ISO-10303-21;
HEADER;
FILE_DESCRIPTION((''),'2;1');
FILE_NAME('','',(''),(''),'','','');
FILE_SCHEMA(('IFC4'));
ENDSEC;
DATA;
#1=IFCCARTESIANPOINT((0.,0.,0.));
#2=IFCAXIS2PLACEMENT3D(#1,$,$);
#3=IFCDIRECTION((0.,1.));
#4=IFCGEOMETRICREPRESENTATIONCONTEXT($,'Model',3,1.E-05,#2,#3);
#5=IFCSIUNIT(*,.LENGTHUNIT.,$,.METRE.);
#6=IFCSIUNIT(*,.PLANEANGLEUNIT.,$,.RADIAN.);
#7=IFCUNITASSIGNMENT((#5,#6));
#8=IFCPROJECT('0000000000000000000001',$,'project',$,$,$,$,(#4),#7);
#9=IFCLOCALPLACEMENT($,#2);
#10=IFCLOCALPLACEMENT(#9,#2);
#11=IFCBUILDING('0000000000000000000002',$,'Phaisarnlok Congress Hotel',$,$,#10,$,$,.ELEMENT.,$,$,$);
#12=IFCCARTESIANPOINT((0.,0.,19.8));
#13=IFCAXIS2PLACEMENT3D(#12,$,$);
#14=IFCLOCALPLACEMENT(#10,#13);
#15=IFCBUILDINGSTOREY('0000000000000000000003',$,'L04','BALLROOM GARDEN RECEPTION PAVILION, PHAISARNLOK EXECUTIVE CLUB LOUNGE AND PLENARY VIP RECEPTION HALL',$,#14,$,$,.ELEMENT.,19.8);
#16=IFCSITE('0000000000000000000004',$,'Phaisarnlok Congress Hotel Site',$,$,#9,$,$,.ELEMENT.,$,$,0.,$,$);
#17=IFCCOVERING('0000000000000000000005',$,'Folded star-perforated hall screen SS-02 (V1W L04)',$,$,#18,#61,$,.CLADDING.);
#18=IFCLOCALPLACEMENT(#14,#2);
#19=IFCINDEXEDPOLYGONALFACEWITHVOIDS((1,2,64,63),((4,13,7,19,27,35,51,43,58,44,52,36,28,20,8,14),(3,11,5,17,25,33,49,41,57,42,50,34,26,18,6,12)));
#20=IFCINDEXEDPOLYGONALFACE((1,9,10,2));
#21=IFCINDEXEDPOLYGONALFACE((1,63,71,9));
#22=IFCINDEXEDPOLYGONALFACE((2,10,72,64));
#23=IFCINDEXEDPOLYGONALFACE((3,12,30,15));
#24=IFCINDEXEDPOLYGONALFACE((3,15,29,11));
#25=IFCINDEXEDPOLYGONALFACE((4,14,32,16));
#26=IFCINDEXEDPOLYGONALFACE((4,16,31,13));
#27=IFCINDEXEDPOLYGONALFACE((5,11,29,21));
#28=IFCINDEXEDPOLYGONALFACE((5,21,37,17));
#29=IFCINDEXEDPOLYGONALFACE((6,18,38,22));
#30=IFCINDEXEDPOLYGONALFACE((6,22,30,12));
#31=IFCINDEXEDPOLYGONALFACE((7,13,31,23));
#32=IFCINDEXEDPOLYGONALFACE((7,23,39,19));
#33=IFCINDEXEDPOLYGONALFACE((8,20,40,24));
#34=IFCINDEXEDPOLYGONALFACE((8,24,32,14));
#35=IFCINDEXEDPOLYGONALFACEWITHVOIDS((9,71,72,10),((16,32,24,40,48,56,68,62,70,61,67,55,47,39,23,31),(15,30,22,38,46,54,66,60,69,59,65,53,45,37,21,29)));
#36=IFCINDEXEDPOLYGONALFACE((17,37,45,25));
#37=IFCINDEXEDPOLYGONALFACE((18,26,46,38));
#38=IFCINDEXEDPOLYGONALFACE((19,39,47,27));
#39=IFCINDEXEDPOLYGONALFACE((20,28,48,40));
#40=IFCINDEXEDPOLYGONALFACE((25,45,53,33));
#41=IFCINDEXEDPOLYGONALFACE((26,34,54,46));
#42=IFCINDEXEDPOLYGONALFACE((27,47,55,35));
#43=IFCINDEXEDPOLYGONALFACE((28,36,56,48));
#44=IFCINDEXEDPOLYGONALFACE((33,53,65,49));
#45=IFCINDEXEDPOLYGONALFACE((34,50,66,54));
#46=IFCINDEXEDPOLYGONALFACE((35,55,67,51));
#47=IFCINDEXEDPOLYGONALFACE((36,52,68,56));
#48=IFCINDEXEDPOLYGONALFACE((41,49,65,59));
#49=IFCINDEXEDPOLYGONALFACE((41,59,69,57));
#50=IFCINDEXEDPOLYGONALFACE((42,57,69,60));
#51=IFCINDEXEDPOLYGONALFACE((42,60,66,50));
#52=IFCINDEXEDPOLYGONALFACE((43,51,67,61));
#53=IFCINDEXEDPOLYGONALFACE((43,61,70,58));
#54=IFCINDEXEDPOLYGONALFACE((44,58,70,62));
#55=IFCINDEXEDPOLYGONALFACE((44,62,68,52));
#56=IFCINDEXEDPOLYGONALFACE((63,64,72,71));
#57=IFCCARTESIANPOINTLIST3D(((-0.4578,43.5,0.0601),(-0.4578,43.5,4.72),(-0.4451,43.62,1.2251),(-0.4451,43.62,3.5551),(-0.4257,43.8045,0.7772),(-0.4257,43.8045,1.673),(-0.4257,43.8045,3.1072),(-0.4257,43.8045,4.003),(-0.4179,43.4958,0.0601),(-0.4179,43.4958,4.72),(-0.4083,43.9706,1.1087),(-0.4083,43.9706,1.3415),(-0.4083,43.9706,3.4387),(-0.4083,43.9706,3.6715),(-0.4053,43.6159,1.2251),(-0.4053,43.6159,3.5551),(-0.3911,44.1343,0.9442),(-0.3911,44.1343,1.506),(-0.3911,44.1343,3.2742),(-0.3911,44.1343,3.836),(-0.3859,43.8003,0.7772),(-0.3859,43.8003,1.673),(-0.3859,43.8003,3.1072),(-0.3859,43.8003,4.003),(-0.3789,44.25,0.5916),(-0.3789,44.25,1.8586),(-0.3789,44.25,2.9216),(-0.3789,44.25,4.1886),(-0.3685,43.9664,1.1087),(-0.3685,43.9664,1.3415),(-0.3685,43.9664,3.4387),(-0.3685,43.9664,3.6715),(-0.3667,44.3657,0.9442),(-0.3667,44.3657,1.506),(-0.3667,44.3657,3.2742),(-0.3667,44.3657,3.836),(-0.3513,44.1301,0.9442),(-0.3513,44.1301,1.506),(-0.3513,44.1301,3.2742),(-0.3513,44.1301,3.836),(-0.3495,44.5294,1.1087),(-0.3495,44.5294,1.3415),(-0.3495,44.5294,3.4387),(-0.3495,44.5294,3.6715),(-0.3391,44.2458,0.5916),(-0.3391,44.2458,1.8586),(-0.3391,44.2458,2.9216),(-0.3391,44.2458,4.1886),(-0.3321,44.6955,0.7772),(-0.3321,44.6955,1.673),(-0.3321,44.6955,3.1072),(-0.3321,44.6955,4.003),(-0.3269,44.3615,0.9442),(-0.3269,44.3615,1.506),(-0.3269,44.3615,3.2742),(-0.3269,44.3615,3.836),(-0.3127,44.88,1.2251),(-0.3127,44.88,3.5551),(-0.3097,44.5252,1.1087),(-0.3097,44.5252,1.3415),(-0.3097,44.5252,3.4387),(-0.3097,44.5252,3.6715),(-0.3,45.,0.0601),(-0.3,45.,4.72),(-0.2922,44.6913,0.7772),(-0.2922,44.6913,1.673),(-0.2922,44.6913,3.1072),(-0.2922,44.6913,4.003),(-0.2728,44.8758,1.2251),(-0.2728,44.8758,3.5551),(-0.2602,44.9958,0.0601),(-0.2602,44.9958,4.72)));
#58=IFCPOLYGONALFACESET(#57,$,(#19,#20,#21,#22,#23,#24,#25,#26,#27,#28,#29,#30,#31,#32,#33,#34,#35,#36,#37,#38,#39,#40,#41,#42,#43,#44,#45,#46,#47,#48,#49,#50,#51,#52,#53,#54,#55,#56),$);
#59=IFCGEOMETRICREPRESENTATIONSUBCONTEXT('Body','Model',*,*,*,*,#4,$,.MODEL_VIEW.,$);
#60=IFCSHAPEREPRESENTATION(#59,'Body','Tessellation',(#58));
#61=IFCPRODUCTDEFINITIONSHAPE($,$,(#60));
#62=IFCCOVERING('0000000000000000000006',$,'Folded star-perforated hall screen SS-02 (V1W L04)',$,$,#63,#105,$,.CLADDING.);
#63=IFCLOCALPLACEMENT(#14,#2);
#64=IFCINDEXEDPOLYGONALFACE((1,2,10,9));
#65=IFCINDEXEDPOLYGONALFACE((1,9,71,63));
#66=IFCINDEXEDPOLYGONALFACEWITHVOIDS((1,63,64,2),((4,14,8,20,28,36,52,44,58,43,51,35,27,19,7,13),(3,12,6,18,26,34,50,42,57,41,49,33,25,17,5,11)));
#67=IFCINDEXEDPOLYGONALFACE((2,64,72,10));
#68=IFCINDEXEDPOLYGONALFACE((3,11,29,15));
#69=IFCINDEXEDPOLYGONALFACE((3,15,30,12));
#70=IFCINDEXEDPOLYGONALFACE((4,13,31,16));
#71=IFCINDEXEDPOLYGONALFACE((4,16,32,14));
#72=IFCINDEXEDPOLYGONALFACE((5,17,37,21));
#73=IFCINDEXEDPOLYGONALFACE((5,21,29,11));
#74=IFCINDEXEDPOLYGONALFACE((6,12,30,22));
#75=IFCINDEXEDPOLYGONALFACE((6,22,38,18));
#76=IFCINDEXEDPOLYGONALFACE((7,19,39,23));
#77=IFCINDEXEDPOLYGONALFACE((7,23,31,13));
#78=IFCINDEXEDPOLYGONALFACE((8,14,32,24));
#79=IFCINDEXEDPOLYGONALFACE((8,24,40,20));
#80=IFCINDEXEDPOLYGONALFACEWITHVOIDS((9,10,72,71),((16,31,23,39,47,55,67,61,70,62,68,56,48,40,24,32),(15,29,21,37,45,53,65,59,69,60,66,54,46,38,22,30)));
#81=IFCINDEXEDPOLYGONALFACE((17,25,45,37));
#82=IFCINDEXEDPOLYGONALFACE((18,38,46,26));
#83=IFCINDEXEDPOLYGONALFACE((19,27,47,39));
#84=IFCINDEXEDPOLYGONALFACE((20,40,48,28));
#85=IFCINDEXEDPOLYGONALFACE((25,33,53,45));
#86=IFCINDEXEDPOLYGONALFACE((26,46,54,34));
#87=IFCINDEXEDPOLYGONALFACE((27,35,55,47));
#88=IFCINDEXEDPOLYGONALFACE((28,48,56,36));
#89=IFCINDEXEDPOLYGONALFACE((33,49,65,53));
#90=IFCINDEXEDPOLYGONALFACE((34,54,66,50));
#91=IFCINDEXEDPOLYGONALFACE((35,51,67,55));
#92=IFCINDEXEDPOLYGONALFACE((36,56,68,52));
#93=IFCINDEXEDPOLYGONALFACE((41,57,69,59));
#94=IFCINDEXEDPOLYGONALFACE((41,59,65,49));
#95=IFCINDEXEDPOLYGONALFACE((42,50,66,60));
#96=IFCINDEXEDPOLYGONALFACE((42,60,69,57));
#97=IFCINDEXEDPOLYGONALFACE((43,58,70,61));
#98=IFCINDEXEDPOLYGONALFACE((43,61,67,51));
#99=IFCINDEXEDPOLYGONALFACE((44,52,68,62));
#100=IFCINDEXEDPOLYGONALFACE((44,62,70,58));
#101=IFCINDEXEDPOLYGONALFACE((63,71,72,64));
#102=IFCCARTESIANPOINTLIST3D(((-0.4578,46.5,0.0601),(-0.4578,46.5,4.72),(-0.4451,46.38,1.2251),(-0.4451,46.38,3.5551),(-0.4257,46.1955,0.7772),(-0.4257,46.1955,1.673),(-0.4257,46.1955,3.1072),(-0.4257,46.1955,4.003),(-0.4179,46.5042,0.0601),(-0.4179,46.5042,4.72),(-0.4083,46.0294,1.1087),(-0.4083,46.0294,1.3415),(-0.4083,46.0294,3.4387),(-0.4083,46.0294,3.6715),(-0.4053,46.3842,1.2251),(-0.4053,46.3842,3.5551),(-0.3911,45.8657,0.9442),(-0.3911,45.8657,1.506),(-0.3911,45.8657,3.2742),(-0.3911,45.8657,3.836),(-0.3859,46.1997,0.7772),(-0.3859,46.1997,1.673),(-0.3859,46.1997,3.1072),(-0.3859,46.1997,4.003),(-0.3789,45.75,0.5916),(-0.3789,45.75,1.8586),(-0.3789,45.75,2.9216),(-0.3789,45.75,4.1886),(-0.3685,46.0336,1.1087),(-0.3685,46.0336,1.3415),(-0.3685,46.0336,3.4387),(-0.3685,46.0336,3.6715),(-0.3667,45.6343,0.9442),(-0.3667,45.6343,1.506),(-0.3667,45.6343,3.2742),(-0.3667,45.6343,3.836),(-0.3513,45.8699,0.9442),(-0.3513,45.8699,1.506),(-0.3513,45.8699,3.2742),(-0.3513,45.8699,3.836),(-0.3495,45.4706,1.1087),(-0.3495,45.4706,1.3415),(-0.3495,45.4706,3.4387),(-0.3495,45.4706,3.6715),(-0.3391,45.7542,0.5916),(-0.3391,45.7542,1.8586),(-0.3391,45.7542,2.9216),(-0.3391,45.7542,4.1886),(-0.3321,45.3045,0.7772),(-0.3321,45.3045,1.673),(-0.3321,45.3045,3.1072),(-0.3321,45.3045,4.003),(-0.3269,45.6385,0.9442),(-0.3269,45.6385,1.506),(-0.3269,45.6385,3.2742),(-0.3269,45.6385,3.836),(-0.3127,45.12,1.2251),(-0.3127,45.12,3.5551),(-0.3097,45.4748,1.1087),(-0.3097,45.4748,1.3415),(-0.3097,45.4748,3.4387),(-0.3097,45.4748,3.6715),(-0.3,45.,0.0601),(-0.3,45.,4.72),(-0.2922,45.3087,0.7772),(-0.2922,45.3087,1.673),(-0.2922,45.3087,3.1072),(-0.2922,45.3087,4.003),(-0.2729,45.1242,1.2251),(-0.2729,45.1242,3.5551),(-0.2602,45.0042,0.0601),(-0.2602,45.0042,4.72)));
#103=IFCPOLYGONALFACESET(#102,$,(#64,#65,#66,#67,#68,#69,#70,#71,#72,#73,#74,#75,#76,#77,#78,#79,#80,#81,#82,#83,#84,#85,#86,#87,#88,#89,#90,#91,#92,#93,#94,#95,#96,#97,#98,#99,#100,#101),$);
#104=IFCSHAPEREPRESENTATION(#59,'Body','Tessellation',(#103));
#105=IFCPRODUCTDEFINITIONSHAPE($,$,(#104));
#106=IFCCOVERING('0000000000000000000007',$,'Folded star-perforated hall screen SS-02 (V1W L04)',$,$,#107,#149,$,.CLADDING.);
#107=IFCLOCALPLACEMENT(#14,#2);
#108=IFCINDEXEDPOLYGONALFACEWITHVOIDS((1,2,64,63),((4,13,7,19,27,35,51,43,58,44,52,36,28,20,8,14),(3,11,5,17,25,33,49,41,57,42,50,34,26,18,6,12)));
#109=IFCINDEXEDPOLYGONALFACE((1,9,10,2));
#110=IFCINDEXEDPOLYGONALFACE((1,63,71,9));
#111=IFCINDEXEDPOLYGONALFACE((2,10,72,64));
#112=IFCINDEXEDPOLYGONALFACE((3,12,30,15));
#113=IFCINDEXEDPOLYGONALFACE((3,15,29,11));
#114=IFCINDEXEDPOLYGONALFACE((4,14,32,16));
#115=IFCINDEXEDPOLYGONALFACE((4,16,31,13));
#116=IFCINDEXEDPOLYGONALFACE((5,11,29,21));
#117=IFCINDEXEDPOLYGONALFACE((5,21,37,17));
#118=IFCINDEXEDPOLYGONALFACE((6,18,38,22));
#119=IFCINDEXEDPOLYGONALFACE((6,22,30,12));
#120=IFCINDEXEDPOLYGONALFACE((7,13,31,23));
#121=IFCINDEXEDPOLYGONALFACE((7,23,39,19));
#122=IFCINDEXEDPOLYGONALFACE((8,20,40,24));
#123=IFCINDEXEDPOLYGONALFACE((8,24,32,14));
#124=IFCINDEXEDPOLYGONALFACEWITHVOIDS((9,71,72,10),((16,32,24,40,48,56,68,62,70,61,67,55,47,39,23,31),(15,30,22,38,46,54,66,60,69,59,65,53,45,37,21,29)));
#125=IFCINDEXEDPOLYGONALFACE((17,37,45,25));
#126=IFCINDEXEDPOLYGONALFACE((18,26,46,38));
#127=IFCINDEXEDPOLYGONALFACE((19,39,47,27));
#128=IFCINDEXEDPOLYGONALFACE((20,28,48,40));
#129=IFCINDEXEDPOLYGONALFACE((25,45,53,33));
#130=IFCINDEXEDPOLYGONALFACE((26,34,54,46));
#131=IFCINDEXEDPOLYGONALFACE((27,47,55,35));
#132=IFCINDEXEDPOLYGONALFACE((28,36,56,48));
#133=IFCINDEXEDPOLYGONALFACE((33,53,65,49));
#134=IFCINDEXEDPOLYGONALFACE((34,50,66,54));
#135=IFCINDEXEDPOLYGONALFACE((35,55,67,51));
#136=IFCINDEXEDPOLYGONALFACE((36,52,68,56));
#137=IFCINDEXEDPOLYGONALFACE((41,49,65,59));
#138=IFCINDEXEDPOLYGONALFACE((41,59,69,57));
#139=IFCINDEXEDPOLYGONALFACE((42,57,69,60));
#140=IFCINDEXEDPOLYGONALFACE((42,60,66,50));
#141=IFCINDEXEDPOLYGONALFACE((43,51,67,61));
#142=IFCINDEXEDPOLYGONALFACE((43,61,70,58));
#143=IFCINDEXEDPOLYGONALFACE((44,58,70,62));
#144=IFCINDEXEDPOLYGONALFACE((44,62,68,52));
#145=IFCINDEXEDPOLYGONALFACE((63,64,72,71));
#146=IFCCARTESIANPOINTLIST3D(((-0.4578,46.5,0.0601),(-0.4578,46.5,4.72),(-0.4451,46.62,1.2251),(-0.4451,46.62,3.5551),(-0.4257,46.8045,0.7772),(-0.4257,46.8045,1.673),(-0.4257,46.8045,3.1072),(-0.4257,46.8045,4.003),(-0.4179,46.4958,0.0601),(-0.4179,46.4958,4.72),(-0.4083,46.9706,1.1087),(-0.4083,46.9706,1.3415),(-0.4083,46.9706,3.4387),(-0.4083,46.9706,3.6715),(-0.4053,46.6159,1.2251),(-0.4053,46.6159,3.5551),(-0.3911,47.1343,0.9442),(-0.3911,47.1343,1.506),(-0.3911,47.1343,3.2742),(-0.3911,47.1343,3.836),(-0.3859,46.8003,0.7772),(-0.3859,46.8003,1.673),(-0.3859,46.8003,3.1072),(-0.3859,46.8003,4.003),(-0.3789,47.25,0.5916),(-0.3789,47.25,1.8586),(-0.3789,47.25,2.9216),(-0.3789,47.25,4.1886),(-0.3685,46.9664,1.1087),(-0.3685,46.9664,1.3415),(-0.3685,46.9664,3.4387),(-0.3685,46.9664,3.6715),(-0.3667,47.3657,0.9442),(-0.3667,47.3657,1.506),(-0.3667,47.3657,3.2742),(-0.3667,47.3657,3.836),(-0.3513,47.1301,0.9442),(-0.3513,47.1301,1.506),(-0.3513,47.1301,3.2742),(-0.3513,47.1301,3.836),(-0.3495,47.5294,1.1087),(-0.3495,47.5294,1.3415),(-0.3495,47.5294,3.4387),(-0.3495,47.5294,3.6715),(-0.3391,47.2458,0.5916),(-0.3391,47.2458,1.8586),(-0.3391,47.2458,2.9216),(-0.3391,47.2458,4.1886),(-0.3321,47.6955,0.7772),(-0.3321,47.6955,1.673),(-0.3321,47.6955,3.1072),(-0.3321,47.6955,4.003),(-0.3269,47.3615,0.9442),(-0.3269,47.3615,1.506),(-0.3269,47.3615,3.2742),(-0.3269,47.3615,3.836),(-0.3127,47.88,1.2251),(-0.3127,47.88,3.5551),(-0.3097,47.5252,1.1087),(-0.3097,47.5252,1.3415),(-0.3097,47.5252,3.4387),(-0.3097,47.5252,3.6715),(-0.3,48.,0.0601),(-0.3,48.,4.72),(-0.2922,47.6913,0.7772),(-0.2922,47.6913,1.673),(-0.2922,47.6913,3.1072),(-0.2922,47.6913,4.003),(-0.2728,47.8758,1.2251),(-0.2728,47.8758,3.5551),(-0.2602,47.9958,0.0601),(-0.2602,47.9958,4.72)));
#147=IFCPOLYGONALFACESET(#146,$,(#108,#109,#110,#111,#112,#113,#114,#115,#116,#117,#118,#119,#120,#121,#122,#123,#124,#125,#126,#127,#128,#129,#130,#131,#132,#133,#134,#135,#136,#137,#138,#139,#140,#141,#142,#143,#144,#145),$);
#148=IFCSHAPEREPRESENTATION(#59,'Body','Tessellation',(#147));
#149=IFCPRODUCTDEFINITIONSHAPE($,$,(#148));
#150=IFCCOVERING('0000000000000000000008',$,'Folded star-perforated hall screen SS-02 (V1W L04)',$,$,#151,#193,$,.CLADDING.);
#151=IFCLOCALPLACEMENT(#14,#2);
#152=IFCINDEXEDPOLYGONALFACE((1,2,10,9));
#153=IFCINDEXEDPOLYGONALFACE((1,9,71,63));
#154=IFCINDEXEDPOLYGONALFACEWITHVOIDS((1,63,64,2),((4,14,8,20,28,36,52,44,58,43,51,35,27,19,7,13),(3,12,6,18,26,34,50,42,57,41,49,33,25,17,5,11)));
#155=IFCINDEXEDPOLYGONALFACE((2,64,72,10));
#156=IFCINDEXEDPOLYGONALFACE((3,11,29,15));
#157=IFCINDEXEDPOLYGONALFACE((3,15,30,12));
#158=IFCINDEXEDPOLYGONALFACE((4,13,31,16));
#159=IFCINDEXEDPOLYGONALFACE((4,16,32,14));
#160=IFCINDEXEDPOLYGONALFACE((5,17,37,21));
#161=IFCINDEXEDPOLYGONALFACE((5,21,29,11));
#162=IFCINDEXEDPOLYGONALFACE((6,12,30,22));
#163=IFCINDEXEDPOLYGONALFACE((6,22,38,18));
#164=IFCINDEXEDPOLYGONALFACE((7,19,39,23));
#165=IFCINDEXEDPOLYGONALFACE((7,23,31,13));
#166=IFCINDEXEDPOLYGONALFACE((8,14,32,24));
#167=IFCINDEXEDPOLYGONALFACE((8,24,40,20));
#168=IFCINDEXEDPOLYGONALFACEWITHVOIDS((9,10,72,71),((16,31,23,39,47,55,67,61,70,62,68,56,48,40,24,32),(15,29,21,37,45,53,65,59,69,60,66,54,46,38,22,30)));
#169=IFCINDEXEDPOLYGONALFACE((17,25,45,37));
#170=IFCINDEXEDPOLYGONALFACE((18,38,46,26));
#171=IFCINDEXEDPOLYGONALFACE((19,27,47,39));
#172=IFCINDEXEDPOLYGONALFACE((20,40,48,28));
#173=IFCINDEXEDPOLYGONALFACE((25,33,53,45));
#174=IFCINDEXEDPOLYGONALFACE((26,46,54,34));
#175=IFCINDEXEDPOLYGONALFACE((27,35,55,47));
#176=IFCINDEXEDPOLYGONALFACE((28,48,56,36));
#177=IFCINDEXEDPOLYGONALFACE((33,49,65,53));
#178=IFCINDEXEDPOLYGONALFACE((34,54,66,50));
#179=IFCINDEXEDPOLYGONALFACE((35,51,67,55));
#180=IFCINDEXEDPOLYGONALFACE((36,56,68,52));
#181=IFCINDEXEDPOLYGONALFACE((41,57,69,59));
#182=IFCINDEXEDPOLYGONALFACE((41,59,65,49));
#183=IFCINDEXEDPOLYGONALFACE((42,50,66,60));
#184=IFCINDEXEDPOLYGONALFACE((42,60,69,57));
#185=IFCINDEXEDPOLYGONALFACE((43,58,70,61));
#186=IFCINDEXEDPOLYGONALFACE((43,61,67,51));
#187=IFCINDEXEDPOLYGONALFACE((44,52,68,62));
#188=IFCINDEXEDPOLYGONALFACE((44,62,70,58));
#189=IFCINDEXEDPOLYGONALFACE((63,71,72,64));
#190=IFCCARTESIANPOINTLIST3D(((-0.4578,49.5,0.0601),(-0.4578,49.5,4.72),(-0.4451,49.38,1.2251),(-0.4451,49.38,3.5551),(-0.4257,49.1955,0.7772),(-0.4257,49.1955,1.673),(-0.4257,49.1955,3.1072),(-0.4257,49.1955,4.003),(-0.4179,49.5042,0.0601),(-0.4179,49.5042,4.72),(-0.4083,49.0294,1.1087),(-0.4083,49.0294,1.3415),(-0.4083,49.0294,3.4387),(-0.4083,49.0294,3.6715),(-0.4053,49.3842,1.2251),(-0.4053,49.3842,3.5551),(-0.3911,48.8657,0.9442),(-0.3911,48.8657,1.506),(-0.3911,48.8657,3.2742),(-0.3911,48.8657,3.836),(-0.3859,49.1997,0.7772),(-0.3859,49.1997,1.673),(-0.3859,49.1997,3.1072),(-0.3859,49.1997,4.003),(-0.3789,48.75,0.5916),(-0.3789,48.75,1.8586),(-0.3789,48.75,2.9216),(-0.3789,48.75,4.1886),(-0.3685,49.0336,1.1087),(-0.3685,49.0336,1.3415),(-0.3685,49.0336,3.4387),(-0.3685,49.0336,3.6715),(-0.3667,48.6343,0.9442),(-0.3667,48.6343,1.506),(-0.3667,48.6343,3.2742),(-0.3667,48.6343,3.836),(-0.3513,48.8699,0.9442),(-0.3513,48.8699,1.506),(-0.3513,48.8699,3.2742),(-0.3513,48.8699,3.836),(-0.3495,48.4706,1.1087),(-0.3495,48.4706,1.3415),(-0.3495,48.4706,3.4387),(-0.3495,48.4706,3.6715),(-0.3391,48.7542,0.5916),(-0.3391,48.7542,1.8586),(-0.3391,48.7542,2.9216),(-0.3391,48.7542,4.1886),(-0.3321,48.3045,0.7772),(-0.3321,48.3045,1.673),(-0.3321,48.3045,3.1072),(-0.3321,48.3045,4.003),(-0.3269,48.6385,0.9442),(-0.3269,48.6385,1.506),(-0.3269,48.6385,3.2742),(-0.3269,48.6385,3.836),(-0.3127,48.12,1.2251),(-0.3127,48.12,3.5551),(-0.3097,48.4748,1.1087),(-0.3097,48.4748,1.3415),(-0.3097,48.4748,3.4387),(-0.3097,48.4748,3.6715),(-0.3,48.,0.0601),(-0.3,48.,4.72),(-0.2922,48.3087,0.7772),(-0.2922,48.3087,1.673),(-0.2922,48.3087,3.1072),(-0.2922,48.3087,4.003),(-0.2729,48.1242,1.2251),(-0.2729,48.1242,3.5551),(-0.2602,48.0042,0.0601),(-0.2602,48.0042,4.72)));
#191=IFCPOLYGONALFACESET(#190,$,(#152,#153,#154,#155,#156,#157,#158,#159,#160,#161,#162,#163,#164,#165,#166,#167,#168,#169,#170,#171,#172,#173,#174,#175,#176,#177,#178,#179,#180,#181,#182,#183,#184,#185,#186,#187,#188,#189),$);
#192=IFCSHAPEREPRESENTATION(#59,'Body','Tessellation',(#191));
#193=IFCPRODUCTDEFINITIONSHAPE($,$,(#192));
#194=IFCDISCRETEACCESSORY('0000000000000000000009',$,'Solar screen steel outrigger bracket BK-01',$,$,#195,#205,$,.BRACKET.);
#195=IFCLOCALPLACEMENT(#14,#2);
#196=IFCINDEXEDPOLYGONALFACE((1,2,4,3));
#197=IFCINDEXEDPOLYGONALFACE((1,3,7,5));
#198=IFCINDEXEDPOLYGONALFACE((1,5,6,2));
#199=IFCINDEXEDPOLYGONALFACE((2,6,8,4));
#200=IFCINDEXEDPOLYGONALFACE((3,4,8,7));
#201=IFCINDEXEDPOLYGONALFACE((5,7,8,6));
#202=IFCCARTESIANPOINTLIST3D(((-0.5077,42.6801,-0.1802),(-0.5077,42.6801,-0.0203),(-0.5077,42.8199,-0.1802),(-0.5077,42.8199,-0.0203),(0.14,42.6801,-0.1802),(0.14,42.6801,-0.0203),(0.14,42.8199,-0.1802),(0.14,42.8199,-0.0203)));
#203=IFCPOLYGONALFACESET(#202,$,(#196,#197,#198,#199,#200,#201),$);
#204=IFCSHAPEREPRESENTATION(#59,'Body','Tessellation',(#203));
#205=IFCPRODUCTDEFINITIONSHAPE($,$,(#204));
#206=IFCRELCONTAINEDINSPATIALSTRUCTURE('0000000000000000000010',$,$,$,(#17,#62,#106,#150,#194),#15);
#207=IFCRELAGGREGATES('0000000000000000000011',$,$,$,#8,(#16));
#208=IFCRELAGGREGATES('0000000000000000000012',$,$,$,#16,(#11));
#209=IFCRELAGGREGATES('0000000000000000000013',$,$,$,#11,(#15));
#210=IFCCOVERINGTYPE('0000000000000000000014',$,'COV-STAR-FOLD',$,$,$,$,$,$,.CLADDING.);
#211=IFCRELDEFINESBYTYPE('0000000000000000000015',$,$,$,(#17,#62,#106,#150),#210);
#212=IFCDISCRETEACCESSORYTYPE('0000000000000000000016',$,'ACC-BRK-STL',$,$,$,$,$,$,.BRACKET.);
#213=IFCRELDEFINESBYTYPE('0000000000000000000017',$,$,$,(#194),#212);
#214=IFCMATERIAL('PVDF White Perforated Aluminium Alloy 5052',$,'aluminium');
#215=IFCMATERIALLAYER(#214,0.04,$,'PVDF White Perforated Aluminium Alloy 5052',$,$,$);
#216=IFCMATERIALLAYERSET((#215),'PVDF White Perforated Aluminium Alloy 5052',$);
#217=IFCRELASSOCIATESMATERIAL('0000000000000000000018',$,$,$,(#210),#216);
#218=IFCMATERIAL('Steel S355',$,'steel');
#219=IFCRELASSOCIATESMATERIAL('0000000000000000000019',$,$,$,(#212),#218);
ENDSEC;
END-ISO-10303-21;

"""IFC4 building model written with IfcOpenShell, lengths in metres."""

from ifc_helpers import new_model, si_unit, direction, frame, origin, origin_2d, place, context, subcontext, project, spatial, polyline, rectangle, outline, extrude, material, layer, layer_set, type_object, element, save


model = new_model("IFC4")

# Units and contexts
model_context = context("Model", 3, precision=1e-05, world=origin(), true_north=direction((0.0, 1.0)))
body_context = subcontext(model_context, "Body", "Model", "MODEL_VIEW")
ifc_project = project(units=[si_unit("LENGTHUNIT", "METRE"), si_unit("PLANEANGLEUNIT", "RADIAN")], contexts=[model_context])

# Site, building, storey
site_placement = place(None, origin())
site = spatial("IfcSite", under=ifc_project, at=site_placement, Name="Phaisarnlok Congress Hotel Site", CompositionType="ELEMENT", RefElevation=0.0)
building_placement = place(site_placement, origin())
building = spatial("IfcBuilding", under=site, at=building_placement, Name="Phaisarnlok Congress Hotel", CompositionType="ELEMENT")
storey_placement = place(building_placement, frame((0.0, 0.0, 19.8)))
storey = spatial("IfcBuildingStorey", under=building, at=storey_placement, Name="L04", Description="BALLROOM GARDEN RECEPTION PAVILION, PHAISARNLOK EXECUTIVE CLUB LOUNGE AND PLENARY VIP RECEPTION HALL", CompositionType="ELEMENT", Elevation=19.8)

# Shared definitions
ifc_material_1 = material(Name="Steel S355", Category="steel")

# Coverings
ifc_material_2 = material(Name="PVDF White Perforated Aluminium Alloy 5052", Category="aluminium")
ifc_layer_1 = layer(ifc_material_2, 0.04, Name="PVDF White Perforated Aluminium Alloy 5052")
ifc_layer_set_1 = layer_set([ifc_layer_1], Name="PVDF White Perforated Aluminium Alloy 5052")
covering_type = type_object("IfcCoveringType", Name="COV-STAR-FOLD", PredefinedType="CLADDING", material=ifc_layer_set_1)
for number, where, z_axis, x_axis, name in (
    (1, (-0.4578, 43.5, 0.0601), (0.994518, -0.104567, 0.0), (0.104567, 0.994518, 0.0), "Folded star-perforated hall screen SS-02 (V1W L04)"),
    (2, (-0.3, 45.0, 0.0601), (0.994518, 0.104567, 0.0), (-0.104567, 0.994518, 0.0), "Folded star-perforated hall screen SS-02 (V1W L04)"),
    (3, (-0.4578, 46.5, 0.0601), (0.994518, -0.104567, 0.0), (0.104567, 0.994518, 0.0), "Folded star-perforated hall screen SS-02 (V1W L04)"),
    (4, (-0.3, 48.0, 0.0601), (0.994518, 0.104567, 0.0), (-0.104567, 0.994518, 0.0), "Folded star-perforated hall screen SS-02 (V1W L04)"),
):
    element("IfcCovering", number, at=place(storey_placement, frame(where, z_axis=z_axis, x_axis=x_axis)), inside=storey, type_object=covering_type, Name=name, PredefinedType="CLADDING", context=body_context, shape_type="SweptSolid", body=[
        extrude(outline(polyline([(0.0, 0.0), (1.5083, 0.0), (1.5083, 4.6599), (0.0, 4.6599), (0.0, 0.0)]), holes=[polyline([(1.0351, 1.0486), (1.2021, 0.7171), (0.8705, 0.8841), (0.7541, 0.5315), (0.6378, 0.8841), (0.3062, 0.7171), (0.4732, 1.0486), (0.1207, 1.165), (0.4732, 1.2814), (0.3062, 1.6129), (0.6378, 1.4459), (0.7541, 1.7985), (0.8705, 1.4459), (1.2021, 1.6129), (1.0351, 1.2814), (1.3876, 1.165), (1.0351, 1.0486)]), polyline([(1.0351, 3.3786), (1.2021, 3.0471), (0.8705, 3.2141), (0.7541, 2.8615), (0.6378, 3.2141), (0.3062, 3.0471), (0.4732, 3.3786), (0.1207, 3.495), (0.4732, 3.6114), (0.3062, 3.9429), (0.6378, 3.7759), (0.7541, 4.1285), (0.8705, 3.7759), (1.2021, 3.9429), (1.0351, 3.6114), (1.3876, 3.495), (1.0351, 3.3786)])]), origin(), (0.0, 0.0, 1.0), 0.04),
    ])

# Discrete accessory
discrete_accessory_type = type_object("IfcDiscreteAccessoryType", Name="ACC-BRK-STL", PredefinedType="BRACKET", material=ifc_material_1)
for number, where, z_axis, x_axis, name in (
    (5, (-0.1838, 42.75, -0.1802), (0.0, 0.0, 1.0), (1.0, 0.0, 0.0), "Solar screen steel outrigger bracket BK-01"),
):
    element("IfcDiscreteAccessory", number, at=place(storey_placement, frame(where, z_axis=z_axis, x_axis=x_axis)), inside=storey, type_object=discrete_accessory_type, Name=name, PredefinedType="BRACKET", context=body_context, shape_type="SweptSolid", body=[
        extrude(rectangle(XDim=0.6477, YDim=0.1399, at=origin_2d()), origin(), (0.0, 0.0, 1.0), 0.1599),
    ])

save(model, "model.ifc")
